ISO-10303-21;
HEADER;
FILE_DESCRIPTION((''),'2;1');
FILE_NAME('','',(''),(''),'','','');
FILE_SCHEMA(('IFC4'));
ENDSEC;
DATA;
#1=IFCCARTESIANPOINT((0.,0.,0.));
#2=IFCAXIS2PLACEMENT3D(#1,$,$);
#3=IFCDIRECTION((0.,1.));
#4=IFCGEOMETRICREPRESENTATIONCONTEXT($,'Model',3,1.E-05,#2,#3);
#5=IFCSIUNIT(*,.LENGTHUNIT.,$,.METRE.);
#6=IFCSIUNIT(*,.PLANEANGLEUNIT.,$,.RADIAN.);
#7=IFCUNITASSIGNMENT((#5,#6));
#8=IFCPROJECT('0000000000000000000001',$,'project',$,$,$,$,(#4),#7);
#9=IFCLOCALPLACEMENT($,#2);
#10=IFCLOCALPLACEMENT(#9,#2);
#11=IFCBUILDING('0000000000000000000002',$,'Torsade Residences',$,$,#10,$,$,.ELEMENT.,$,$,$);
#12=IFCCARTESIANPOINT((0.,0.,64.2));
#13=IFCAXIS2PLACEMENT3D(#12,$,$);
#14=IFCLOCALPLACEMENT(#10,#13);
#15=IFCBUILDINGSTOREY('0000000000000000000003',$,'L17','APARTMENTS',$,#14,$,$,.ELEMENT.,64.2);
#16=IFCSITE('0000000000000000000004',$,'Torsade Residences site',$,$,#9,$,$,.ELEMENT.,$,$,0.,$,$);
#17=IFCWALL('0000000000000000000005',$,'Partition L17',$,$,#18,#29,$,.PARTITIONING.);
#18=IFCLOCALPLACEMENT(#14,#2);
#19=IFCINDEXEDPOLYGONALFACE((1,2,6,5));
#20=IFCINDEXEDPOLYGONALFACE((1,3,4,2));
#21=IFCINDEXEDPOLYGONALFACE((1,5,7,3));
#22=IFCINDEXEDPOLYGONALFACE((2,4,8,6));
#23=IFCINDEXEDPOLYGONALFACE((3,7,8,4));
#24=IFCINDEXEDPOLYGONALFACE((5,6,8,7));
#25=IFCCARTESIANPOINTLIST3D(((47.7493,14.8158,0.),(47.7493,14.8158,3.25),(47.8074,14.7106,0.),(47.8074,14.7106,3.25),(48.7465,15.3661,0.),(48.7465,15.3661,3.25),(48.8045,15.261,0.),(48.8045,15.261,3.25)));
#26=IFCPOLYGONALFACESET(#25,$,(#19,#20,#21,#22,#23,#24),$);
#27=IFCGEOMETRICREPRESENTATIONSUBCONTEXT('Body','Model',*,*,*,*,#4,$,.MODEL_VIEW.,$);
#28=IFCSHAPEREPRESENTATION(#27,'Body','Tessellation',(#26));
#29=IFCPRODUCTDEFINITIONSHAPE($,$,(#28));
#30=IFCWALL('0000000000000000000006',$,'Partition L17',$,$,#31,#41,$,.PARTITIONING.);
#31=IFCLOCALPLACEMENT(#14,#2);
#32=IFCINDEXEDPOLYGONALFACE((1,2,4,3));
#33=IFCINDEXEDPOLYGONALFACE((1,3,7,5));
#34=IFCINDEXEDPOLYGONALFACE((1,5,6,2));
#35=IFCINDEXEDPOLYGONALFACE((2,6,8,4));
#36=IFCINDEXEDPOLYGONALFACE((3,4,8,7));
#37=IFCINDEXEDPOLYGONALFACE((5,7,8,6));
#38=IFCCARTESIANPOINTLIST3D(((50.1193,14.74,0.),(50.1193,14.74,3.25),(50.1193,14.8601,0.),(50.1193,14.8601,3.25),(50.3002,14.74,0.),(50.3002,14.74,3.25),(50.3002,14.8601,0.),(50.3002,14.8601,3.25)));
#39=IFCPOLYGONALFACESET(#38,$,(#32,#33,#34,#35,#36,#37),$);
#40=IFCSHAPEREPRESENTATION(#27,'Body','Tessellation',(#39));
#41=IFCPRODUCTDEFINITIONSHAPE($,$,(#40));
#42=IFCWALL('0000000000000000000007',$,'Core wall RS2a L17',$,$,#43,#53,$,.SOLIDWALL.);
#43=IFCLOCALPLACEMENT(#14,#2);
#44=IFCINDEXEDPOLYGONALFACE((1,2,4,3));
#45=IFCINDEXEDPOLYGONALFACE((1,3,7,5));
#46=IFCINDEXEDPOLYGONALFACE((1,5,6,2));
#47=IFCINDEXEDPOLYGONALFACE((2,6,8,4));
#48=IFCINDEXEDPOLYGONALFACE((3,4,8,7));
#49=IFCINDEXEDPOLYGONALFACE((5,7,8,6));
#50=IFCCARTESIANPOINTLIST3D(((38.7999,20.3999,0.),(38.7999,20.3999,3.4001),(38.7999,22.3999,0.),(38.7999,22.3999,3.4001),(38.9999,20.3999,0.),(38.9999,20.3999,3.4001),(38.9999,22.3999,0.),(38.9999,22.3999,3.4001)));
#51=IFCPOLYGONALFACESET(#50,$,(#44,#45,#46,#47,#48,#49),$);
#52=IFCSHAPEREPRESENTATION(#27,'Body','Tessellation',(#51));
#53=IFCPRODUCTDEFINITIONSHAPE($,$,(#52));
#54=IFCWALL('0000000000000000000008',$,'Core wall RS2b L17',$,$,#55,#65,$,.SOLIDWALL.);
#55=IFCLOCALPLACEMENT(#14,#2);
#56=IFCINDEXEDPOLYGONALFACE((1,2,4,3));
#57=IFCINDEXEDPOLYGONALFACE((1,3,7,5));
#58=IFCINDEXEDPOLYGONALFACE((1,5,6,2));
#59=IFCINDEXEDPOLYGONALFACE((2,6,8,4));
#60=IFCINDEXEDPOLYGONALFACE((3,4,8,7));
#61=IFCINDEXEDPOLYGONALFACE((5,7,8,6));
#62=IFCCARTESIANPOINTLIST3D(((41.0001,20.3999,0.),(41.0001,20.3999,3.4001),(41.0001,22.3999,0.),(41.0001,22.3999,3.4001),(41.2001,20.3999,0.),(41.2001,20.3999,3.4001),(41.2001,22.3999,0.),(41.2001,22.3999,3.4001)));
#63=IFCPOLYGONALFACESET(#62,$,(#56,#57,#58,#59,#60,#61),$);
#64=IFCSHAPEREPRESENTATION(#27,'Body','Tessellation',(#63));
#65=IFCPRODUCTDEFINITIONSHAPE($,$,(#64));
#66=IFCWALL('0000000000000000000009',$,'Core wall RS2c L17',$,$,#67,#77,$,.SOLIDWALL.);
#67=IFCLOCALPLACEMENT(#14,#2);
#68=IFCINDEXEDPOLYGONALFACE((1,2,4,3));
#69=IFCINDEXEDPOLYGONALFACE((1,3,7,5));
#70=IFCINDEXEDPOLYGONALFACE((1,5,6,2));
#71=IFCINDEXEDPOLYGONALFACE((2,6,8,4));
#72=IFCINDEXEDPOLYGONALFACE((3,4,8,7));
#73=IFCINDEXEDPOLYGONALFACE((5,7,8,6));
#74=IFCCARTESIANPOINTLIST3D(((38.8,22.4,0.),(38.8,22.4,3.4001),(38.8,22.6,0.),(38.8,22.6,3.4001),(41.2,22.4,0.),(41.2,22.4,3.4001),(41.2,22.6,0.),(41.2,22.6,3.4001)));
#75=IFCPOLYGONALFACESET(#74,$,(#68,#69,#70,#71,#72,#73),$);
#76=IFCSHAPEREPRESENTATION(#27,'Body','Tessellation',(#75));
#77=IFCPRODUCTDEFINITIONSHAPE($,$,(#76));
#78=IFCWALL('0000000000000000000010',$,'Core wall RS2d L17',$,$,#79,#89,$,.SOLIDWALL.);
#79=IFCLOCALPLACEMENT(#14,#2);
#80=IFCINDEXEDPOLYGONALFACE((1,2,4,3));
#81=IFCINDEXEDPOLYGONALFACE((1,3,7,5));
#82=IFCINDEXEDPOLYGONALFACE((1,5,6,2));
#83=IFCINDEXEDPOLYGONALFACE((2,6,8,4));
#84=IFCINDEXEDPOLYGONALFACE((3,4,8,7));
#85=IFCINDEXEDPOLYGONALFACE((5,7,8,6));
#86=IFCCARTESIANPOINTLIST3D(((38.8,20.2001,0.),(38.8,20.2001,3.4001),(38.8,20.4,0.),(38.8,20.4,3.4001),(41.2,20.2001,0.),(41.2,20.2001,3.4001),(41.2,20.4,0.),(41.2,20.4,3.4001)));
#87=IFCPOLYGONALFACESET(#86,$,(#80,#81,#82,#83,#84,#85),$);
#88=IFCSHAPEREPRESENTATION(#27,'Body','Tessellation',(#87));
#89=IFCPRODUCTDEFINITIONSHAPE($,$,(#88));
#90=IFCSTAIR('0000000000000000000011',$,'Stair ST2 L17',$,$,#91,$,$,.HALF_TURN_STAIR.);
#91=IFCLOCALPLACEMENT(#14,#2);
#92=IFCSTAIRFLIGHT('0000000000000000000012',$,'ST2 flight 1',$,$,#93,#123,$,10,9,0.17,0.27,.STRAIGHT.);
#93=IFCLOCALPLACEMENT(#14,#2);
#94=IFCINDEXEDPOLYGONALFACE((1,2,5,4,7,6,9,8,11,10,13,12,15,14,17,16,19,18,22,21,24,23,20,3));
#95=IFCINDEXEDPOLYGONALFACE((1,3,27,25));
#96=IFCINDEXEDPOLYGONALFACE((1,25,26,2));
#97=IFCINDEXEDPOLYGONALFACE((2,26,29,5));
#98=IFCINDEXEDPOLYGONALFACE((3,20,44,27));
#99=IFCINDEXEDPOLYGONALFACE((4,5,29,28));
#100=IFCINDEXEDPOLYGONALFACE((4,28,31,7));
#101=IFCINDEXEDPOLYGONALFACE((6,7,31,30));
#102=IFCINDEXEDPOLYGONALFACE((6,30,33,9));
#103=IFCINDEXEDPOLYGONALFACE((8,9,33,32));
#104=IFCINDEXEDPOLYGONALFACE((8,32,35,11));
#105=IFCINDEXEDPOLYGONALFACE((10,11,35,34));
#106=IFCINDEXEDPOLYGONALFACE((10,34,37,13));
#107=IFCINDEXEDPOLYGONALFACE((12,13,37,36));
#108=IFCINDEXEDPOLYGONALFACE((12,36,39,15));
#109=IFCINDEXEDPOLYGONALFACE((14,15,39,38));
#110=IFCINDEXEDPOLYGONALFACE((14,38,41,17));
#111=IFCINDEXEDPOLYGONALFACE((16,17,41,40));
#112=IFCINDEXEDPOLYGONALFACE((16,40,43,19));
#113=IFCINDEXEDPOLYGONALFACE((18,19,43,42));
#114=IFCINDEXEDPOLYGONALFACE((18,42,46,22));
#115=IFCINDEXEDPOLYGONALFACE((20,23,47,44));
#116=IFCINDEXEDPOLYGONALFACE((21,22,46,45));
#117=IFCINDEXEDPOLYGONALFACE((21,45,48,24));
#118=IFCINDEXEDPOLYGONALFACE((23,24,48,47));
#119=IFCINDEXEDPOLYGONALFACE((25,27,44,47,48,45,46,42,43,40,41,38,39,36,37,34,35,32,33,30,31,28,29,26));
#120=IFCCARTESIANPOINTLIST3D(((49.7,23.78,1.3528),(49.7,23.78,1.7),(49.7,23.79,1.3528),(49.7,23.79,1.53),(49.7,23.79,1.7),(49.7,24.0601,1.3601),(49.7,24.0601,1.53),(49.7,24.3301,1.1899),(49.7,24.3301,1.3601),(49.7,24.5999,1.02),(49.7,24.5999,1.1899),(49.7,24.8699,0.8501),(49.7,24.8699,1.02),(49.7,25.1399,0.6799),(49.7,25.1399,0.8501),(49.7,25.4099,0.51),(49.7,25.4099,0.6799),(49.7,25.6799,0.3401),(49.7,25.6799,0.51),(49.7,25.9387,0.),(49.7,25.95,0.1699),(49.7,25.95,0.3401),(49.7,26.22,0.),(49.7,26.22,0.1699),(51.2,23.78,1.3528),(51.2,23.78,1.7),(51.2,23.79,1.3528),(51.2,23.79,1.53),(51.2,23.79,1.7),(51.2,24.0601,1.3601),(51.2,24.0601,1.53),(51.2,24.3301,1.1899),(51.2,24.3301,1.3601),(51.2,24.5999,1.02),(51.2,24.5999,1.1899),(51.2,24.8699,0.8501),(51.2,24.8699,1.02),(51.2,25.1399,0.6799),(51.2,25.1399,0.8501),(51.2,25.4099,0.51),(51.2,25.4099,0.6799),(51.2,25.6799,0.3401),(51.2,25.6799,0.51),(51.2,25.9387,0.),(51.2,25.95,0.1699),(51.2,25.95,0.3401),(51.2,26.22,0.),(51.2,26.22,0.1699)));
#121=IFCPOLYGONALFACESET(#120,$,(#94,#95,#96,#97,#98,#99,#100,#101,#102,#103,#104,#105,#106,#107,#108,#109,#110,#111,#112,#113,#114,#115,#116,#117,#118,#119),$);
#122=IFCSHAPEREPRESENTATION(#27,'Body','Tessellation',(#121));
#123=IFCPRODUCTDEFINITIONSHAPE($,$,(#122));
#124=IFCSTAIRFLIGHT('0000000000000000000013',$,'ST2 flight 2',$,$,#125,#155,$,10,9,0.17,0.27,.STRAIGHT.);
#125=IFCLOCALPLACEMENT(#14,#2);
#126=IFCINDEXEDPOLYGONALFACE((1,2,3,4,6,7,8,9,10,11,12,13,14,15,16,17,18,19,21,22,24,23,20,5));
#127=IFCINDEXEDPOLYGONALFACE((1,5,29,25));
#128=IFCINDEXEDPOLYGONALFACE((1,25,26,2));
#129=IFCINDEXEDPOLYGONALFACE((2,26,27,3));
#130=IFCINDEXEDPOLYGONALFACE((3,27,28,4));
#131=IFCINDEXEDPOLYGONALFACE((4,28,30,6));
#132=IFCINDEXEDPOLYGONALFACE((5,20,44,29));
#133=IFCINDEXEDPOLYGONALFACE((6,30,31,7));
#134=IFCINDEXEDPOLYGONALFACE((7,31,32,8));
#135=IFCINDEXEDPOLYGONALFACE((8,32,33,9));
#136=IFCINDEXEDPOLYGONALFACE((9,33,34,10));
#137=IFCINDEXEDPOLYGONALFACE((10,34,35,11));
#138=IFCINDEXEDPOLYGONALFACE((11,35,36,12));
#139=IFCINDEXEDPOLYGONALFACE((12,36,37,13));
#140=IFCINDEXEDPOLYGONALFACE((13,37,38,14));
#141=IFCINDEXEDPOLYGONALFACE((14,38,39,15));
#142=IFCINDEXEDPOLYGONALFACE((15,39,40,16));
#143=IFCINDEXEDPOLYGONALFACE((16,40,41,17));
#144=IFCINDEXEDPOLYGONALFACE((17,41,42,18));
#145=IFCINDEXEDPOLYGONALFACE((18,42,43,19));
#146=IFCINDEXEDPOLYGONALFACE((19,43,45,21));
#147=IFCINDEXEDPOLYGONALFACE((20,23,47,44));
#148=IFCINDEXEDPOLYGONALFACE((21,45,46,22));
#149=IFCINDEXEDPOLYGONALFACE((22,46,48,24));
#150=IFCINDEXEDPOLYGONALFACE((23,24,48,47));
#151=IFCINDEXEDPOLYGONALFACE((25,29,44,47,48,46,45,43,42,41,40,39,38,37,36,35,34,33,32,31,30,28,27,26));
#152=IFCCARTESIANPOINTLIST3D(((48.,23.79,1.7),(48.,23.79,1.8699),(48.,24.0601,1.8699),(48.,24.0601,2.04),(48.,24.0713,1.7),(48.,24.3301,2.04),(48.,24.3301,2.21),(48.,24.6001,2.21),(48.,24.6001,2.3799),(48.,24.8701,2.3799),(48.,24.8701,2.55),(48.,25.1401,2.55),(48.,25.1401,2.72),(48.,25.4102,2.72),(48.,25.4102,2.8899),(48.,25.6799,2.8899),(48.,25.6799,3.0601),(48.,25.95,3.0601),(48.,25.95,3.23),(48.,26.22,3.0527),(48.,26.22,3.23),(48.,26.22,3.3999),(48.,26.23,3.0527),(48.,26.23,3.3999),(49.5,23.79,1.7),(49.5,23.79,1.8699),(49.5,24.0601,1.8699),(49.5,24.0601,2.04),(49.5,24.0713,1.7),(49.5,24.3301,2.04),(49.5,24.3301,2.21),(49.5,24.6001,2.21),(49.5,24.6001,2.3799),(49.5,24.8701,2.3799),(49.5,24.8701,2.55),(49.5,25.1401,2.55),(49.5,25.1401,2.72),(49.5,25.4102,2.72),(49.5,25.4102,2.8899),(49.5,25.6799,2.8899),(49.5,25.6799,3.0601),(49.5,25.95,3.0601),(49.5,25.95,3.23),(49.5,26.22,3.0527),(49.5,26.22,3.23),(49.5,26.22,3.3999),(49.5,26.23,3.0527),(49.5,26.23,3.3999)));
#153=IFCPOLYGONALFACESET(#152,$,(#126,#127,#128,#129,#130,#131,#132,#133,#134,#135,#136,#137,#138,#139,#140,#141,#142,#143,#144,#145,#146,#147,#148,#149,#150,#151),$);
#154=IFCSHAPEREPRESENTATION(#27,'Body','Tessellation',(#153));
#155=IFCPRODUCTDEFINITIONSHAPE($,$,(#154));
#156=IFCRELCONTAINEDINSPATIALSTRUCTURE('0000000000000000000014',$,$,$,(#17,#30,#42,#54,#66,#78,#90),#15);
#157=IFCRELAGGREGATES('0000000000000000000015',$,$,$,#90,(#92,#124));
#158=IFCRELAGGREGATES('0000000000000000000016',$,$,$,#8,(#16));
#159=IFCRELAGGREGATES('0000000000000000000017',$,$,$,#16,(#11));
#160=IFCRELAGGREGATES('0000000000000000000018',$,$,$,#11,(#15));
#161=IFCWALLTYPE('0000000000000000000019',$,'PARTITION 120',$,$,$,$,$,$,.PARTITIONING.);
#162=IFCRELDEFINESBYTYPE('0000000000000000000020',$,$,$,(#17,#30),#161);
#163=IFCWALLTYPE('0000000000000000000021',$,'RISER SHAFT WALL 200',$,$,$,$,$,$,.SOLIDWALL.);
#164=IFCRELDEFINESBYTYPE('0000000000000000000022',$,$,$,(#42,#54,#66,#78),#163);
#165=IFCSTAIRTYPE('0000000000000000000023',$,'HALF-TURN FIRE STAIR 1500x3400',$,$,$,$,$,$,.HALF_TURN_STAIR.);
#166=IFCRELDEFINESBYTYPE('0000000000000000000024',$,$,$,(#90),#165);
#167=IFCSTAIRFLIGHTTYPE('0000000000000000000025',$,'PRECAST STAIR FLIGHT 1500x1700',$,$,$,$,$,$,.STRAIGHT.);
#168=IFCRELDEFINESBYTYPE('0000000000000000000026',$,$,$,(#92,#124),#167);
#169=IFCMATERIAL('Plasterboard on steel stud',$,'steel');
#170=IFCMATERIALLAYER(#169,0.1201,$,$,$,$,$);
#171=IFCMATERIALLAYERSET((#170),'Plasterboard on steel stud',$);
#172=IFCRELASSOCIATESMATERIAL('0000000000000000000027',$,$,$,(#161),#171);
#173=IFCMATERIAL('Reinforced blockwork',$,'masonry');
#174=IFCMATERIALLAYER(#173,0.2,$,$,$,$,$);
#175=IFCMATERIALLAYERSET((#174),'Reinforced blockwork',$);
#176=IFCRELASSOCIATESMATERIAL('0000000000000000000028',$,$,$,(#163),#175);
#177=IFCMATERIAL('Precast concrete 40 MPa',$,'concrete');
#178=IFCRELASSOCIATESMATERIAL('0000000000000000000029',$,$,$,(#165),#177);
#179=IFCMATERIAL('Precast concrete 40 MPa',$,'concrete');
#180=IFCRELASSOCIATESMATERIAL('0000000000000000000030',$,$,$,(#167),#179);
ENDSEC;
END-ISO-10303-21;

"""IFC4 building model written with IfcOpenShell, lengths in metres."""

from ifc_helpers import new_model, si_unit, direction, frame, frame_2d, origin, place, context, subcontext, project, spatial, polyline, rectangle, outline, extrude, material, layer, layer_set, type_object, element, aggregate, save


model = new_model("IFC4")

# Units and contexts
model_context = context("Model", 3, precision=1e-05, world=origin(), true_north=direction((0.0, 1.0)))
body_context = subcontext(model_context, "Body", "Model", "MODEL_VIEW")
ifc_project = project(units=[si_unit("LENGTHUNIT", "METRE"), si_unit("PLANEANGLEUNIT", "RADIAN")], contexts=[model_context])

# Site, building, storey
site_placement = place(None, origin())
site = spatial("IfcSite", under=ifc_project, at=site_placement, Name="Torsade Residences site", CompositionType="ELEMENT", RefElevation=0.0)
building_placement = place(site_placement, origin())
building = spatial("IfcBuilding", under=site, at=building_placement, Name="Torsade Residences", CompositionType="ELEMENT")
storey_placement = place(building_placement, frame((0.0, 0.0, 64.2)))
storey = spatial("IfcBuildingStorey", under=building, at=storey_placement, Name="L17", Description="APARTMENTS", CompositionType="ELEMENT", Elevation=64.2)

# Walls
ifc_material_1 = material(Name="Plasterboard on steel stud", Category="steel")
ifc_layer_1 = layer(ifc_material_1, 0.1201)
ifc_layer_set_1 = layer_set([ifc_layer_1], Name="Plasterboard on steel stud")
wall_type_1 = type_object("IfcWallType", Name="PARTITION 120", PredefinedType="PARTITIONING", material=ifc_layer_set_1)
wall_1_placement = place(storey_placement, frame((48.7754, 15.3135, 0.0), z_axis=(0.0, 0.0, 1.0), x_axis=(-0.875509, -0.483202, 0.0)))
element("IfcWall", 1, at=wall_1_placement, inside=storey, type_object=wall_type_1, Name="Partition L17", PredefinedType="PARTITIONING", context=body_context, shape_type="SweptSolid", body=[
    extrude(rectangle(XDim=1.1389, YDim=0.1201, at=frame_2d((0.5693, 0.0))), origin(), (0.0, 0.0, 1.0), 3.25),
])
wall_2_placement = place(storey_placement, frame((50.3, 14.8, 0.0), z_axis=(0.0, 0.0, 1.0), x_axis=(-1.0, 0.0, 0.0)))
element("IfcWall", 2, at=wall_2_placement, inside=storey, type_object=wall_type_1, Name="Partition L17", PredefinedType="PARTITIONING", context=body_context, shape_type="SweptSolid", body=[
    extrude(rectangle(XDim=0.1809, YDim=0.1201, at=frame_2d((0.0903, 0.0))), origin(), (0.0, 0.0, 1.0), 3.25),
])
ifc_material_2 = material(Name="Reinforced blockwork", Category="masonry")
ifc_layer_2 = layer(ifc_material_2, 0.2)
ifc_layer_set_2 = layer_set([ifc_layer_2], Name="Reinforced blockwork")
wall_type_2 = type_object("IfcWallType", Name="RISER SHAFT WALL 200", PredefinedType="SOLIDWALL", material=ifc_layer_set_2)
for number, where, z_axis, x_axis, name in (
    (3, (38.8999, 22.3999, 0.0), (0.0, 0.0, 1.0), (0.0, -1.0, 0.0), "Core wall RS2a L17"),
    (4, (41.1001, 22.3999, 0.0), (0.0, 0.0, 1.0), (0.0, -1.0, 0.0), "Core wall RS2b L17"),
):
    element("IfcWall", number, at=place(storey_placement, frame(where, z_axis=z_axis, x_axis=x_axis)), inside=storey, type_object=wall_type_2, Name=name, PredefinedType="SOLIDWALL", context=body_context, shape_type="SweptSolid", body=[
        extrude(rectangle(XDim=2.0, YDim=0.2, at=frame_2d((1.0, 0.0))), origin(), (0.0, 0.0, 1.0), 3.4001),
    ])
for number, where, z_axis, x_axis, name in (
    (5, (38.8, 22.5, 0.0), (0.0, 0.0, 1.0), (1.0, 0.0, 0.0), "Core wall RS2c L17"),
    (6, (38.8, 20.3, 0.0), (0.0, 0.0, 1.0), (1.0, 0.0, 0.0), "Core wall RS2d L17"),
):
    element("IfcWall", number, at=place(storey_placement, frame(where, z_axis=z_axis, x_axis=x_axis)), inside=storey, type_object=wall_type_2, Name=name, PredefinedType="SOLIDWALL", context=body_context, shape_type="SweptSolid", body=[
        extrude(rectangle(XDim=2.3999, YDim=0.2, at=frame_2d((1.2, 0.0))), origin(), (0.0, 0.0, 1.0), 3.4001),
    ])

# Stair, stair flights
ifc_material_3 = material(Name="Precast concrete 40 MPa", Category="concrete")
stair_type = type_object("IfcStairType", Name="HALF-TURN FIRE STAIR 1500x3400", PredefinedType="HALF_TURN_STAIR", material=ifc_material_3)
stair_placement = place(storey_placement, origin())
stair = element("IfcStair", 7, at=stair_placement, inside=storey, type_object=stair_type, Name="Stair ST2 L17", PredefinedType="HALF_TURN_STAIR")
ifc_material_4 = material(Name="Precast concrete 40 MPa", Category="concrete")
stair_flight_type = type_object("IfcStairFlightType", Name="PRECAST STAIR FLIGHT 1500x1700", PredefinedType="STRAIGHT", material=ifc_material_4)
stair_flight_1_placement = place(storey_placement, frame((50.45, 26.22, 0.0), z_axis=(0.0, 0.0, 1.0), x_axis=(0.0, -1.0, 0.0)))
stair_flight_1 = element("IfcStairFlight", 8, at=stair_flight_1_placement, type_object=stair_flight_type, Name="ST2 flight 1", NumberOfRisers=10, NumberOfTreads=9, PredefinedType="STRAIGHT", RiserHeight=0.17, TreadLength=0.27, context=body_context, shape_type="SweptSolid", body=[
    extrude(outline(polyline([(0.0, 0.0), (0.0, 0.1699), (0.27, 0.1699), (0.27, 0.3401), (0.54, 0.3401), (0.54, 0.51), (0.8101, 0.51), (0.8101, 0.6799), (1.0801, 0.6799), (1.0801, 0.8501), (1.3501, 0.8501), (1.3501, 1.02), (1.6201, 1.02), (1.6201, 1.1899), (1.8899, 1.1899), (1.8899, 1.3601), (2.1599, 1.3601), (2.1599, 1.53), (2.4299, 1.53), (2.4299, 1.7), (2.4399, 1.7), (2.4399, 1.3528), (2.4299, 1.3528), (0.2812, 0.0), (0.0, 0.0)])), frame((0.0, 0.75, 0.0), z_axis=(0.0, -1.0, 0.0), x_axis=(1.0, 0.0, 0.0)), (0.0, 0.0, 1.0), 1.5),
])
stair_flight_2_placement = place(storey_placement, frame((48.75, 23.79, 1.7), z_axis=(0.0, 0.0, 1.0), x_axis=(0.0, 1.0, 0.0)))
stair_flight_2 = element("IfcStairFlight", 9, at=stair_flight_2_placement, type_object=stair_flight_type, Name="ST2 flight 2", NumberOfRisers=10, NumberOfTreads=9, PredefinedType="STRAIGHT", RiserHeight=0.17, TreadLength=0.27, context=body_context, shape_type="SweptSolid", body=[
    extrude(outline(polyline([(0.0, 0.0), (0.0, 0.1699), (0.27, 0.1699), (0.27, 0.3401), (0.54, 0.3401), (0.54, 0.51), (0.8101, 0.51), (0.8101, 0.6799), (1.0801, 0.6799), (1.0801, 0.8501), (1.3501, 0.8501), (1.3501, 1.02), (1.6201, 1.02), (1.6201, 1.1899), (1.8899, 1.1899), (1.8899, 1.3601), (2.1599, 1.3601), (2.1599, 1.53), (2.4299, 1.53), (2.4299, 1.7), (2.4399, 1.7), (2.4399, 1.3528), (2.4299, 1.3528), (0.2812, 0.0), (0.0, 0.0)])), frame((0.0, 0.75, 0.0), z_axis=(0.0, -1.0, 0.0), x_axis=(1.0, 0.0, 0.0)), (0.0, 0.0, 1.0), 1.5),
])
aggregate(stair, [stair_flight_1, stair_flight_2])

save(model, "model.ifc")
